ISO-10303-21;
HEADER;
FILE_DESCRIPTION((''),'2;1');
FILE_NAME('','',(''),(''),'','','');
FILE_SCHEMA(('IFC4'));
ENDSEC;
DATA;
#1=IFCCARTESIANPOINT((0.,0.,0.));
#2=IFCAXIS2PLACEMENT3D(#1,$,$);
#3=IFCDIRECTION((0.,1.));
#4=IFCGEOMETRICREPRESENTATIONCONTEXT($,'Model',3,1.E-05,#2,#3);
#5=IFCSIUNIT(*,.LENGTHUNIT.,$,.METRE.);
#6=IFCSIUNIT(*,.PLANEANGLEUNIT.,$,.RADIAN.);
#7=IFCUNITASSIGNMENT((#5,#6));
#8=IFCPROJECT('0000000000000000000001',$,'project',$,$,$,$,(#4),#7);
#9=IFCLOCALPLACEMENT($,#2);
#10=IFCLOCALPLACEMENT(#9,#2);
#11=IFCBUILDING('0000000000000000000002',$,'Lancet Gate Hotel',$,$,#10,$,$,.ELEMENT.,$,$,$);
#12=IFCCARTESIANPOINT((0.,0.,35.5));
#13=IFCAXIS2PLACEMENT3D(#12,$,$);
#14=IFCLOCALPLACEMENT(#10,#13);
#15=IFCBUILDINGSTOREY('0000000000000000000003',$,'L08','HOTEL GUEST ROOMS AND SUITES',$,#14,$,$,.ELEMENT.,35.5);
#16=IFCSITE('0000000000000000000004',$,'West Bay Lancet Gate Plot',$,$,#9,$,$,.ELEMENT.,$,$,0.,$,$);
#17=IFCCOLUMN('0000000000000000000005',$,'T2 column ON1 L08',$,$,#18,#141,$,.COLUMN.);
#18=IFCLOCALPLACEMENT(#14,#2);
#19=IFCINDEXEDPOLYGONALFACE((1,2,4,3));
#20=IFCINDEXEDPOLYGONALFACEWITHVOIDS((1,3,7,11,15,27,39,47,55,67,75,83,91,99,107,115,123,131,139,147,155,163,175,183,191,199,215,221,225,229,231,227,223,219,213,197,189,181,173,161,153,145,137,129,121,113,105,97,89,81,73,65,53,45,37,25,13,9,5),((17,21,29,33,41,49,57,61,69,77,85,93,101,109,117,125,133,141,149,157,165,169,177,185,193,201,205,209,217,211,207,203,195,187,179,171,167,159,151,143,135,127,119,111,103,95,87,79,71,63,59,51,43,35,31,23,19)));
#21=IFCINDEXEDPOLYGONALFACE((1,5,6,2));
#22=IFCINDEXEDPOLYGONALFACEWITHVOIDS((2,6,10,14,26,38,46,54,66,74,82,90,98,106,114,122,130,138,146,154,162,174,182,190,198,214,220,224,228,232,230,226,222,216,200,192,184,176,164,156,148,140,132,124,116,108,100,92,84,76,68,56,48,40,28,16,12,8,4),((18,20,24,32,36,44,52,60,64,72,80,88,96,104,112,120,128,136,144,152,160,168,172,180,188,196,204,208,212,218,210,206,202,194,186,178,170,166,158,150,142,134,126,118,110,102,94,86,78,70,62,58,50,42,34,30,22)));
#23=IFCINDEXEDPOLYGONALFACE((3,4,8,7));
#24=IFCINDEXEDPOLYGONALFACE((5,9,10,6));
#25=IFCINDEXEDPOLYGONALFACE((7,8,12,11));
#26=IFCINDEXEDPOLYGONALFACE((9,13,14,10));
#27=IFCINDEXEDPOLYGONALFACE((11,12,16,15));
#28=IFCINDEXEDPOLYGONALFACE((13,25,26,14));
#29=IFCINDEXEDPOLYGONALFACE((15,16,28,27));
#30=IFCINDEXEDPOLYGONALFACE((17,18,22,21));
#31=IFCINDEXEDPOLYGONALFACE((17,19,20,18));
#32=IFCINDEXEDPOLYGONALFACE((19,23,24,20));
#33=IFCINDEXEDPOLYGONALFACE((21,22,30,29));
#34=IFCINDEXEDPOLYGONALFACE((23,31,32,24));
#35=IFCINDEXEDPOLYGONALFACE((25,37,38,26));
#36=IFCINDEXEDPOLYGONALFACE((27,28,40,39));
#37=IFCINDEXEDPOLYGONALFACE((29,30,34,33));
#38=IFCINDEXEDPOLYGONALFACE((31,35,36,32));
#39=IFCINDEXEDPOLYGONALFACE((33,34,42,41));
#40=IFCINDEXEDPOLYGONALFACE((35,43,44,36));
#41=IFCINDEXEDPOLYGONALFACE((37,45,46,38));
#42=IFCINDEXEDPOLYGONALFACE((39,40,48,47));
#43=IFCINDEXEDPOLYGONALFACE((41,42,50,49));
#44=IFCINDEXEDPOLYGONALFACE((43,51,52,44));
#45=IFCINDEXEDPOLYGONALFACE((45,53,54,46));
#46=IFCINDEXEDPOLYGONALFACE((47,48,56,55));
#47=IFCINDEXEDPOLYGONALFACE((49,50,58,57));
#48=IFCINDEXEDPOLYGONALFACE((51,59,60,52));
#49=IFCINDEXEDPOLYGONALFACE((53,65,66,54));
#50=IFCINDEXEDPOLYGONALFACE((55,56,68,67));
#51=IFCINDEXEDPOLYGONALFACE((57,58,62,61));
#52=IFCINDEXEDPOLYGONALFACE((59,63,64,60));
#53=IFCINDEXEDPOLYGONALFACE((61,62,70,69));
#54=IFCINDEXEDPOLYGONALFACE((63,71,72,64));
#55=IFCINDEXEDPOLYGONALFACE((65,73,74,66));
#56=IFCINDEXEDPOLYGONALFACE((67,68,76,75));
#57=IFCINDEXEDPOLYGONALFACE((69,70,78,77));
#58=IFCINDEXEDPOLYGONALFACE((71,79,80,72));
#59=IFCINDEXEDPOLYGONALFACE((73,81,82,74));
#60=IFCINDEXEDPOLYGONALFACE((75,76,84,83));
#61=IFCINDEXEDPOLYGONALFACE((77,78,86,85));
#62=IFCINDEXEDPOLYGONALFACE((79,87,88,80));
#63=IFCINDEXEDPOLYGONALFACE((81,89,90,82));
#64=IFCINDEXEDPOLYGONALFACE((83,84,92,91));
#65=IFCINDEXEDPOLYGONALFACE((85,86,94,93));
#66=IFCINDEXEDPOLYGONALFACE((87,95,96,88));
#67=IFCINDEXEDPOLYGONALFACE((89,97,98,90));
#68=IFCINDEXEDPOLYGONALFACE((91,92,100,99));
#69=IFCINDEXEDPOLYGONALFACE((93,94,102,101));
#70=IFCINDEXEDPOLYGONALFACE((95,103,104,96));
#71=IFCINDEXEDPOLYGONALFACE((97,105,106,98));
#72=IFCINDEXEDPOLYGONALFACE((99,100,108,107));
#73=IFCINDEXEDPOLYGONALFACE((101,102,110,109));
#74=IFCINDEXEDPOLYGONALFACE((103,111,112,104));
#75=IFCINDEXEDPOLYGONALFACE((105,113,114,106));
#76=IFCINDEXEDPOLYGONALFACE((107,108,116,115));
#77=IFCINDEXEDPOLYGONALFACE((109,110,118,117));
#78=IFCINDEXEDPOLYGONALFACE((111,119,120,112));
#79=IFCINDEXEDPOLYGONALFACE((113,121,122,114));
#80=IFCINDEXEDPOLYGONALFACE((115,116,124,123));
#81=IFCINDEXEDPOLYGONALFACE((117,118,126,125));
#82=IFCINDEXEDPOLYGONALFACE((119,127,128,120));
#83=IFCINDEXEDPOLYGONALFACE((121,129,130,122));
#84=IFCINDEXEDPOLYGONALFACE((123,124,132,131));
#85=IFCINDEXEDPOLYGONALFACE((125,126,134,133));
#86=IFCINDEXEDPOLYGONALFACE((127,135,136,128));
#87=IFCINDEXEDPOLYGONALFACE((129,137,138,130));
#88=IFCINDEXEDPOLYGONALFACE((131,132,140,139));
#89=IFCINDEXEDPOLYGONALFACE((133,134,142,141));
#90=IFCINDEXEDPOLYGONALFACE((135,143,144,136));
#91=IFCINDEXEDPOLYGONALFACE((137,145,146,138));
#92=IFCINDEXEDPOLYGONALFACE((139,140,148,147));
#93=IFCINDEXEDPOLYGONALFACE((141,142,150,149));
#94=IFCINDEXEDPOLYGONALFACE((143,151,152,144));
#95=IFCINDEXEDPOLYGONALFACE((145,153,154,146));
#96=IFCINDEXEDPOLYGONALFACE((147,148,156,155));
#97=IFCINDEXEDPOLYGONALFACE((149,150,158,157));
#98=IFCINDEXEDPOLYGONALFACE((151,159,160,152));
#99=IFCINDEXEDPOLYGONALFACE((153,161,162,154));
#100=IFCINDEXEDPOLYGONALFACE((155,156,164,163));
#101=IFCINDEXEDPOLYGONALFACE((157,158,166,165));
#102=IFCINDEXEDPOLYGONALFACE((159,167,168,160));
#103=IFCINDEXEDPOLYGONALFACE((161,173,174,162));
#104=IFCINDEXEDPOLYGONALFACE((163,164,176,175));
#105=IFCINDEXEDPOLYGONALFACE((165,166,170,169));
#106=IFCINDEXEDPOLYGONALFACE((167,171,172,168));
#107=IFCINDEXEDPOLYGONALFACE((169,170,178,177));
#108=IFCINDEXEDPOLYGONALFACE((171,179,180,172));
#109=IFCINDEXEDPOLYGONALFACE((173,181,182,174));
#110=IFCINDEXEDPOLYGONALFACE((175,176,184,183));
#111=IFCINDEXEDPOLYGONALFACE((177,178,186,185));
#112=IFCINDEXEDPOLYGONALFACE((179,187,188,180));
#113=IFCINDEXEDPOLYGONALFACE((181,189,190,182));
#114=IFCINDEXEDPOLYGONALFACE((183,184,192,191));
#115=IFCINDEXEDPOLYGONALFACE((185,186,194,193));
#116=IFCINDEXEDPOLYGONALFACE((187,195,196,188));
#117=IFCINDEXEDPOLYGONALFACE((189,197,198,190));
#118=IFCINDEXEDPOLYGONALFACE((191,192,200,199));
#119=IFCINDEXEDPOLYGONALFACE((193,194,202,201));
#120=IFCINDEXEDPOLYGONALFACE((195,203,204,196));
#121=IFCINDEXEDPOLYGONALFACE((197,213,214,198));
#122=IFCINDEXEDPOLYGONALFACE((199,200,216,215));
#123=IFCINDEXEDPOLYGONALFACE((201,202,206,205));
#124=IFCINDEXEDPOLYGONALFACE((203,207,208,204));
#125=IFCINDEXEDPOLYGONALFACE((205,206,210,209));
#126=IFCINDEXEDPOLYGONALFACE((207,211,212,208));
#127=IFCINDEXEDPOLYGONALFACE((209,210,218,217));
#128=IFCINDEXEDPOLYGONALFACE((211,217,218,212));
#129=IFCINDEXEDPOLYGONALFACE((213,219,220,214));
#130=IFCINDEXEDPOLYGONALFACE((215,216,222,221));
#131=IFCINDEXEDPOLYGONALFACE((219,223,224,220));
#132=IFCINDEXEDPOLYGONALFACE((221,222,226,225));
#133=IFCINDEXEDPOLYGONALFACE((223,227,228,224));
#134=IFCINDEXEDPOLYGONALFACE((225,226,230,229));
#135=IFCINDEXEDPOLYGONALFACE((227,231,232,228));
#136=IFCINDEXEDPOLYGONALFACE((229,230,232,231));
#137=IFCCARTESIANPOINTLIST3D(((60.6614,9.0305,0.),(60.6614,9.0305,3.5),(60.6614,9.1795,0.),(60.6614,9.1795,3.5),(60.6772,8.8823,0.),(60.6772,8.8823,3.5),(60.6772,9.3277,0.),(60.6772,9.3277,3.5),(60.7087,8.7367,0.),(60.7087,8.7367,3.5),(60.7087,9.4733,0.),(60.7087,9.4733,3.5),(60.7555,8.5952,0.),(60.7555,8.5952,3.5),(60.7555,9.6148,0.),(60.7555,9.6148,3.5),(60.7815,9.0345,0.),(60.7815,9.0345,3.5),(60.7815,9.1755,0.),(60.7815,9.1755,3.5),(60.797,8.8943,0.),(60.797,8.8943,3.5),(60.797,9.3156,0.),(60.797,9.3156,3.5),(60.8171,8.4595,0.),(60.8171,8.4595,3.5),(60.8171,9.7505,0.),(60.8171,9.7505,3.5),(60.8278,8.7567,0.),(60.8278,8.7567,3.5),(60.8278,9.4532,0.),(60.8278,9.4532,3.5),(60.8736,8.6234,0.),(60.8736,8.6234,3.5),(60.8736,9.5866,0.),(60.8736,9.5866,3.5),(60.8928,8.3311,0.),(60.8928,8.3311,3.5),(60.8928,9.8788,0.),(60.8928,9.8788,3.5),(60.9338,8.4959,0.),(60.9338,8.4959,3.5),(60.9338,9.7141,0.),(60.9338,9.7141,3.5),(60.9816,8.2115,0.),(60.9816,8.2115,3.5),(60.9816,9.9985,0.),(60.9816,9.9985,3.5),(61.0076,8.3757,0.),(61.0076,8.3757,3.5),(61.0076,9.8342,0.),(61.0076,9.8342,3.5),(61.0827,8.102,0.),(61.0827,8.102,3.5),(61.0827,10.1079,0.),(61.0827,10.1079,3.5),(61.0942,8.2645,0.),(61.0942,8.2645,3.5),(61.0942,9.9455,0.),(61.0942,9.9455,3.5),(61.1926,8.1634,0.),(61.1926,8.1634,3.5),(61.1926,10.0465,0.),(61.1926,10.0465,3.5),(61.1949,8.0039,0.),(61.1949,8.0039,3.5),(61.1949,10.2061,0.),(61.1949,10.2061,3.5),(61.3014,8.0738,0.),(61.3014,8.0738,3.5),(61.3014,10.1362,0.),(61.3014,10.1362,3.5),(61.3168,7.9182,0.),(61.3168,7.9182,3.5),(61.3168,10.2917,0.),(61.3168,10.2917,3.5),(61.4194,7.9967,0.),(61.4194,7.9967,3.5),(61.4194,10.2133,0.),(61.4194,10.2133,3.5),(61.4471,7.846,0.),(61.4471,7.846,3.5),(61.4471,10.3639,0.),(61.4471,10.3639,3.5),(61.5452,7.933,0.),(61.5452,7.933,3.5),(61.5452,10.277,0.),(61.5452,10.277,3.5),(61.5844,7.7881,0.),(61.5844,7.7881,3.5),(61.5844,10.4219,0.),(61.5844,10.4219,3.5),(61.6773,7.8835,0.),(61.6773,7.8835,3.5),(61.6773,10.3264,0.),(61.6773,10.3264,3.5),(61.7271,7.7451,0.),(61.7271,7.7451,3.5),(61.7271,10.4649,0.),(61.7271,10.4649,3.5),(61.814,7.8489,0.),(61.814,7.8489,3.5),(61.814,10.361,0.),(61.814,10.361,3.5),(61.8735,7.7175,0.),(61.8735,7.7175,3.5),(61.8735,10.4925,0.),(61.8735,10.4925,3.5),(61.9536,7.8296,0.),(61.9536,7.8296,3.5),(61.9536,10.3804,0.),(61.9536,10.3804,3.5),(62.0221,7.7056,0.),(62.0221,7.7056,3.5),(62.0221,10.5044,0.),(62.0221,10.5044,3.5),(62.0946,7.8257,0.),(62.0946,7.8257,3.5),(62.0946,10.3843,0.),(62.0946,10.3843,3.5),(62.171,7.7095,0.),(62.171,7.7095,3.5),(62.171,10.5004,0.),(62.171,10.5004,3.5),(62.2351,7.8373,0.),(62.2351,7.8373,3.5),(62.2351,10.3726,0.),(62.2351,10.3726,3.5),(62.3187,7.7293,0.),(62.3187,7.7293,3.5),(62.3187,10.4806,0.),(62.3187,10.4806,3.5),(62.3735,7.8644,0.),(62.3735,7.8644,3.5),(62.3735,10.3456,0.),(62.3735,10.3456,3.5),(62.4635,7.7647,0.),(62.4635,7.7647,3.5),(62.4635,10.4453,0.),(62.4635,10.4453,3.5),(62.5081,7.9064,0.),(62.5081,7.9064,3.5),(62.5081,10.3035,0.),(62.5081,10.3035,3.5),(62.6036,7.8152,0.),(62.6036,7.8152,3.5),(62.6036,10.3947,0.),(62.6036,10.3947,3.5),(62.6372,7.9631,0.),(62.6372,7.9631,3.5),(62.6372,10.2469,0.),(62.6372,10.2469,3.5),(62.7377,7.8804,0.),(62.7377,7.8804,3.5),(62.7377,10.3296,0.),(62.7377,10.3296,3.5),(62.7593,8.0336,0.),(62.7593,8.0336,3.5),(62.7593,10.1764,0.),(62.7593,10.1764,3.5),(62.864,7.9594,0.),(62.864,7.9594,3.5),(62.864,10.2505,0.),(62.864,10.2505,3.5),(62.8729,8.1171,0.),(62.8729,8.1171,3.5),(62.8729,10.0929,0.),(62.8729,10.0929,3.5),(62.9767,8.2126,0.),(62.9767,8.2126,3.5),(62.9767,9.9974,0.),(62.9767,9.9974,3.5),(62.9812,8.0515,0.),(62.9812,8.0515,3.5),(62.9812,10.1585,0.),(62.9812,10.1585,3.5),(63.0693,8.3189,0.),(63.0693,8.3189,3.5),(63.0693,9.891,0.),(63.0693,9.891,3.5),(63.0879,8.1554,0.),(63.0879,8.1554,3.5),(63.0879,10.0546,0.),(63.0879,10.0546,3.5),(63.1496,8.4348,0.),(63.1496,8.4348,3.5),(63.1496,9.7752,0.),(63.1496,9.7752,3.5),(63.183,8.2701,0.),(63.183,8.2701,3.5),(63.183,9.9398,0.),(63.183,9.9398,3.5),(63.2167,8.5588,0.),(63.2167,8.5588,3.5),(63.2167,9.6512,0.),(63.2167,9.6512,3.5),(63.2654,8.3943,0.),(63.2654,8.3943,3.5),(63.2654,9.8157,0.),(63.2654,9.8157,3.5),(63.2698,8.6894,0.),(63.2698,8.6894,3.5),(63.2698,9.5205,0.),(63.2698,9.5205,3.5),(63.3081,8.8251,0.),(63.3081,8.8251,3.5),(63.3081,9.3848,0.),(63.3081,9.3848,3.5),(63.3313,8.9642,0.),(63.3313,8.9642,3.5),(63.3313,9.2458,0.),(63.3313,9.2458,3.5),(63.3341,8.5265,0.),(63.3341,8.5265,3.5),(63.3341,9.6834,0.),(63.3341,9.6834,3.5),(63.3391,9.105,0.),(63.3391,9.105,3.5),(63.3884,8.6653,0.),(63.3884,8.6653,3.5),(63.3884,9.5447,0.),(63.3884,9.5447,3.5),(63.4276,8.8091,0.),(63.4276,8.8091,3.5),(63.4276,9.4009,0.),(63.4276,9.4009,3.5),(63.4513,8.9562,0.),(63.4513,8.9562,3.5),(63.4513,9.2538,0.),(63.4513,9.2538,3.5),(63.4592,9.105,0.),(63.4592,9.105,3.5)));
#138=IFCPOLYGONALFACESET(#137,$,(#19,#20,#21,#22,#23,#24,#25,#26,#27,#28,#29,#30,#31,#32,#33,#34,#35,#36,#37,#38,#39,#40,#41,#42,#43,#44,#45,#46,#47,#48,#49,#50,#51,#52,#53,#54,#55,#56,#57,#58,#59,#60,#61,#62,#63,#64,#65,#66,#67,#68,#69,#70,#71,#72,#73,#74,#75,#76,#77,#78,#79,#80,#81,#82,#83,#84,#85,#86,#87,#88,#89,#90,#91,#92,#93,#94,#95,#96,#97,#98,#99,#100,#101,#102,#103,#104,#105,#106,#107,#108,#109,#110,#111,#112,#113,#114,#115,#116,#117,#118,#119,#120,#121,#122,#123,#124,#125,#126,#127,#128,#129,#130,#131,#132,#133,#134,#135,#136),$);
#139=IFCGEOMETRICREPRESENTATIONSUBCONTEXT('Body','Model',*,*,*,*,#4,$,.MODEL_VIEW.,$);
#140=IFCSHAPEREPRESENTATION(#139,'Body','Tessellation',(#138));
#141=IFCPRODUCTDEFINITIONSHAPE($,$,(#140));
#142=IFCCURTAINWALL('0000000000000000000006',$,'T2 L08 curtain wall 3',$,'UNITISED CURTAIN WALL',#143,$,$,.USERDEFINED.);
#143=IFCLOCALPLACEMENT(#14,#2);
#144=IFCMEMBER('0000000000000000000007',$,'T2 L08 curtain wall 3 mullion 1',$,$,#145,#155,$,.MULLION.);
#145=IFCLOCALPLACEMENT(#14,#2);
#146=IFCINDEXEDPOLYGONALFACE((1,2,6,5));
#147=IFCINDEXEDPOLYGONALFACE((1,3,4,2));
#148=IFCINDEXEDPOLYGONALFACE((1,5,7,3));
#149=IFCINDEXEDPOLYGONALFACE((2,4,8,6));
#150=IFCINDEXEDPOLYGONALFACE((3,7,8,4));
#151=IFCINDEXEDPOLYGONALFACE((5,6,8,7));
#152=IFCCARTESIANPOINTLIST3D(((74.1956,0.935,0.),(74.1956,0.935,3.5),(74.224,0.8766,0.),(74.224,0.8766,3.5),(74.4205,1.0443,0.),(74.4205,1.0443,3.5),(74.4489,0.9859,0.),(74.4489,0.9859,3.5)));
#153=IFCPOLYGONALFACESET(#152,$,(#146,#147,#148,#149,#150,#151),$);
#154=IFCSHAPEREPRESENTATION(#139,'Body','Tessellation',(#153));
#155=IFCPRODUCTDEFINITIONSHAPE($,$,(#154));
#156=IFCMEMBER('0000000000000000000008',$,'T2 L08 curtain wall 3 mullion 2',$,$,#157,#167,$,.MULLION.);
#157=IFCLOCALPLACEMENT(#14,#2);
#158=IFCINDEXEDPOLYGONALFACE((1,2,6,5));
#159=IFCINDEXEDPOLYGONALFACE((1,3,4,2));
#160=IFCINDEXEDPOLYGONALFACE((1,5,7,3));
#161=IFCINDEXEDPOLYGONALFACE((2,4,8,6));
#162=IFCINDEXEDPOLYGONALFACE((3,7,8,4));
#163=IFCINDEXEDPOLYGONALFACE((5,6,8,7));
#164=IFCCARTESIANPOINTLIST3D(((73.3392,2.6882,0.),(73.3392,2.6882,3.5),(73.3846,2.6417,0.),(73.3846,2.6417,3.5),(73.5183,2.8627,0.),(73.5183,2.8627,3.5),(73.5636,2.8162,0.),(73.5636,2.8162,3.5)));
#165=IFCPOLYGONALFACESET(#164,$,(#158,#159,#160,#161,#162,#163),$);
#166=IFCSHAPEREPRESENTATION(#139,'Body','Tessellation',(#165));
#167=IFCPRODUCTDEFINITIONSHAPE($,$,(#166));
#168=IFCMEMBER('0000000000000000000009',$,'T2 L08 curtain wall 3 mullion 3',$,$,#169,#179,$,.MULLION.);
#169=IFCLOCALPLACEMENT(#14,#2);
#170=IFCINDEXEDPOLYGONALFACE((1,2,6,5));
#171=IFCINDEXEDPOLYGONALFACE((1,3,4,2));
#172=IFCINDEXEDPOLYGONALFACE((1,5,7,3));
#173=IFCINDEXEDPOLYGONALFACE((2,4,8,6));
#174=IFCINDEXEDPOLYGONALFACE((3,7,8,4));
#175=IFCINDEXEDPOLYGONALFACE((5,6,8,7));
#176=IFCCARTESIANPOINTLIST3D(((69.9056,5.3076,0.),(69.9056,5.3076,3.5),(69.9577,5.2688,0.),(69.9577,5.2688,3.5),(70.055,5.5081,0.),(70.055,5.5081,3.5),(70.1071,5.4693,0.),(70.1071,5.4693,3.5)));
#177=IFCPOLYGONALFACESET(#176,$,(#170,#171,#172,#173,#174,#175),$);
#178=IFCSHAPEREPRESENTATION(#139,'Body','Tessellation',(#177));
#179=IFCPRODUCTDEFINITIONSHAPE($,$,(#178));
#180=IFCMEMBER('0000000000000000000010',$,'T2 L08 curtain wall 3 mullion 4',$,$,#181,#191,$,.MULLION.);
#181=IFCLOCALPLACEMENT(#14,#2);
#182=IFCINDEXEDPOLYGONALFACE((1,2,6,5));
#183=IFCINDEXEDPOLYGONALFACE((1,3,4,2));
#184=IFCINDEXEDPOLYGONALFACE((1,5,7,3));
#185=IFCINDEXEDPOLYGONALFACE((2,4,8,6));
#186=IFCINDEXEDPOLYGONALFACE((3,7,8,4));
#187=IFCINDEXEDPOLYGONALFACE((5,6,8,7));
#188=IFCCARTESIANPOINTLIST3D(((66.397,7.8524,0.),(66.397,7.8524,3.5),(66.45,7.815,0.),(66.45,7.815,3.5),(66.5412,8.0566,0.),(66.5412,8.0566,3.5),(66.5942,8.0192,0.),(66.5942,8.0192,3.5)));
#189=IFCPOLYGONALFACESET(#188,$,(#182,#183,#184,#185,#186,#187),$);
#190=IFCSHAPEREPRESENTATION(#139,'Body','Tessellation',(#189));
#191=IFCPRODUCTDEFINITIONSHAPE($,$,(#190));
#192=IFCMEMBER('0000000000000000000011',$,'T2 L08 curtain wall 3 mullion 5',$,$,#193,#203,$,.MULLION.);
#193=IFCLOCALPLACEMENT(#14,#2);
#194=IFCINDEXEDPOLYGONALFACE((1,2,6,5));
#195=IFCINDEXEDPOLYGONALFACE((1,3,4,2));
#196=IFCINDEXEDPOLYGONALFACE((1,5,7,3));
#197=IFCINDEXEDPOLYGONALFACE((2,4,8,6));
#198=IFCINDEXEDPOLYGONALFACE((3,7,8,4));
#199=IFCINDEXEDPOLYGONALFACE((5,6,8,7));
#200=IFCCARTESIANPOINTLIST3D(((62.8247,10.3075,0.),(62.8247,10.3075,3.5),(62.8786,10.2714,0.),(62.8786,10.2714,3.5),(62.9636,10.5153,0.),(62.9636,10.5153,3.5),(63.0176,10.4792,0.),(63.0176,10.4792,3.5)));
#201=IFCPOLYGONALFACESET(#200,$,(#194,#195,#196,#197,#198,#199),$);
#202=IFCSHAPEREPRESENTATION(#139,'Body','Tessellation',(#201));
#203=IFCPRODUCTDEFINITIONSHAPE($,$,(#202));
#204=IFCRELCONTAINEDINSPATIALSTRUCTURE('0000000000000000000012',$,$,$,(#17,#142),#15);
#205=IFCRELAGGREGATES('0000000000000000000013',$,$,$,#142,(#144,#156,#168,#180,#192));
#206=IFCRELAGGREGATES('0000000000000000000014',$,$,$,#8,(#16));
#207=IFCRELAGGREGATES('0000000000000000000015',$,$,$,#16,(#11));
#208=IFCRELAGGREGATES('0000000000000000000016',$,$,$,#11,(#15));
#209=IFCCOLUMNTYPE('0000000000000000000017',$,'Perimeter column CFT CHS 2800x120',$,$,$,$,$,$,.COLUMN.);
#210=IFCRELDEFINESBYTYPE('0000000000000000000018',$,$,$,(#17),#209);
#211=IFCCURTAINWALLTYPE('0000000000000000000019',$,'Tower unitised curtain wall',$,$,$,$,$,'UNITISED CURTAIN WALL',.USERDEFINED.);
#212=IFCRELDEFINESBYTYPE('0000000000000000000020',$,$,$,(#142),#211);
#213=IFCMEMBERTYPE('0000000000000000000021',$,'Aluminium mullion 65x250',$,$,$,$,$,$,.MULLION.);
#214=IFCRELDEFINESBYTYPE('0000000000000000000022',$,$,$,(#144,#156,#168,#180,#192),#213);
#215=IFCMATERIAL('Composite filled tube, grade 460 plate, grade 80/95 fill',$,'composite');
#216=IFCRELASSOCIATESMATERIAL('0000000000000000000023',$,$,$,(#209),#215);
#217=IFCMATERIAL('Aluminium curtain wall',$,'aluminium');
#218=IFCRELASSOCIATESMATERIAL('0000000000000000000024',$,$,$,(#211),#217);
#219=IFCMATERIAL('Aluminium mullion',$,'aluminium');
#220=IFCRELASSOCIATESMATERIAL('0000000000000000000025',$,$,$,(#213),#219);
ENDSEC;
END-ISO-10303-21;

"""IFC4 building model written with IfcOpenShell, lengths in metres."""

from ifc_helpers import new_model, si_unit, direction, frame, origin, origin_2d, place, context, subcontext, project, spatial, rectangle, hollow_circle, extrude, material, material_profile, profile_set, type_object, element, aggregate, save


model = new_model("IFC4")

# Units and contexts
model_context = context("Model", 3, precision=1e-05, world=origin(), true_north=direction((0.0, 1.0)))
body_context = subcontext(model_context, "Body", "Model", "MODEL_VIEW")
ifc_project = project(units=[si_unit("LENGTHUNIT", "METRE"), si_unit("PLANEANGLEUNIT", "RADIAN")], contexts=[model_context])

# Site, building, storey
site_placement = place(None, origin())
site = spatial("IfcSite", under=ifc_project, at=site_placement, Name="West Bay Lancet Gate Plot", CompositionType="ELEMENT", RefElevation=0.0)
building_placement = place(site_placement, origin())
building = spatial("IfcBuilding", under=site, at=building_placement, Name="Lancet Gate Hotel", CompositionType="ELEMENT")
storey_placement = place(building_placement, frame((0.0, 0.0, 35.5)))
storey = spatial("IfcBuildingStorey", under=building, at=storey_placement, Name="L08", Description="HOTEL GUEST ROOMS AND SUITES", CompositionType="ELEMENT", Elevation=35.5)

# Column
ifc_material_1 = material(Name="Composite filled tube, grade 460 plate, grade 80/95 fill", Category="composite")
ifc_material_profile_1 = material_profile(ifc_material_1, hollow_circle(Radius=1.3999, WallThickness=0.1201, at=origin_2d()), Name="CHS 2800x120")
ifc_profile_set_1 = profile_set([ifc_material_profile_1], Name="Composite filled tube, grade 460 plate, grade 80/95 fill")
column_type_1 = type_object("IfcColumnType", Name="Perimeter column CFT CHS 2800x120", PredefinedType="COLUMN", material=ifc_profile_set_1)
column_1_placement = place(storey_placement, frame((62.0593, 9.105, 0.0), z_axis=(0.0, 0.0, 1.0), x_axis=(1.0, 0.0, 0.0)))
element("IfcColumn", 1, at=column_1_placement, inside=storey, type_object=column_type_1, Name="T2 column ON1 L08", PredefinedType="COLUMN", context=body_context, shape_type="SweptSolid", body=[
    extrude(hollow_circle(Radius=1.3999, WallThickness=0.1201, at=origin_2d()), origin(), (0.0, 0.0, 1.0), 3.5),
])

# Curtain wall, members
ifc_material_2 = material(Name="Aluminium curtain wall", Category="aluminium")
curtain_wall_type = type_object("IfcCurtainWallType", Name="Tower unitised curtain wall", ElementType="UNITISED CURTAIN WALL", PredefinedType="USERDEFINED", material=ifc_material_2)
curtain_wall_placement = place(storey_placement, origin())
curtain_wall = element("IfcCurtainWall", 2, at=curtain_wall_placement, inside=storey, type_object=curtain_wall_type, Name="T2 L08 curtain wall 3", ObjectType="UNITISED CURTAIN WALL", PredefinedType="USERDEFINED")
ifc_material_3 = material(Name="Aluminium mullion", Category="aluminium")
ifc_material_profile_2 = material_profile(ifc_material_3, rectangle(XDim=0.0649, YDim=0.25, at=origin_2d()), Name="MULLION 65x250")
ifc_profile_set_2 = profile_set([ifc_material_profile_2], Name="Aluminium mullion")
member_type_1 = type_object("IfcMemberType", Name="Aluminium mullion 65x250", PredefinedType="MULLION", material=ifc_profile_set_2)
member_1_placement = place(storey_placement, frame((74.3223, 0.9604, 0.0), z_axis=(0.0, 0.0, 1.0), x_axis=(-0.437169, 0.899379, 0.0)))
member_1 = element("IfcMember", 3, at=member_1_placement, type_object=member_type_1, Name="T2 L08 curtain wall 3 mullion 1", PredefinedType="MULLION", context=body_context, shape_type="SweptSolid", body=[
    extrude(rectangle(XDim=0.0649, YDim=0.25, at=origin_2d()), origin(), (0.0, 0.0, 1.0), 3.5),
])
member_2_placement = place(storey_placement, frame((73.4514, 2.7522, 0.0), z_axis=(0.0, 0.0, 1.0), x_axis=(-0.697983, 0.716114, 0.0)))
member_2 = element("IfcMember", 4, at=member_2_placement, type_object=member_type_1, Name="T2 L08 curtain wall 3 mullion 2", PredefinedType="MULLION", context=body_context, shape_type="SweptSolid", body=[
    extrude(rectangle(XDim=0.0649, YDim=0.25, at=origin_2d()), origin(), (0.0, 0.0, 1.0), 3.5),
])
member_3_placement = place(storey_placement, frame((70.0063, 5.3884, 0.0), z_axis=(0.0, 0.0, 1.0), x_axis=(-0.80183, 0.597552, 0.0)))
member_3 = element("IfcMember", 5, at=member_3_placement, type_object=member_type_1, Name="T2 L08 curtain wall 3 mullion 3", PredefinedType="MULLION", context=body_context, shape_type="SweptSolid", body=[
    extrude(rectangle(XDim=0.0649, YDim=0.25, at=origin_2d()), origin(), (0.0, 0.0, 1.0), 3.5),
])
member_4_placement = place(storey_placement, frame((66.4956, 7.9358, 0.0), z_axis=(0.0, 0.0, 1.0), x_axis=(-0.816779, 0.576951, 0.0)))
member_4 = element("IfcMember", 6, at=member_4_placement, type_object=member_type_1, Name="T2 L08 curtain wall 3 mullion 4", PredefinedType="MULLION", context=body_context, shape_type="SweptSolid", body=[
    extrude(rectangle(XDim=0.0649, YDim=0.25, at=origin_2d()), origin(), (0.0, 0.0, 1.0), 3.5),
])
member_5_placement = place(storey_placement, frame((62.9211, 10.3933, 0.0), z_axis=(0.0, 0.0, 1.0), x_axis=(-0.831198, 0.555976, 0.0)))
member_5 = element("IfcMember", 7, at=member_5_placement, type_object=member_type_1, Name="T2 L08 curtain wall 3 mullion 5", PredefinedType="MULLION", context=body_context, shape_type="SweptSolid", body=[
    extrude(rectangle(XDim=0.0649, YDim=0.25, at=origin_2d()), origin(), (0.0, 0.0, 1.0), 3.5),
])

aggregate(curtain_wall, [member_1, member_2, member_3, member_4, member_5])

save(model, "model.ifc")
